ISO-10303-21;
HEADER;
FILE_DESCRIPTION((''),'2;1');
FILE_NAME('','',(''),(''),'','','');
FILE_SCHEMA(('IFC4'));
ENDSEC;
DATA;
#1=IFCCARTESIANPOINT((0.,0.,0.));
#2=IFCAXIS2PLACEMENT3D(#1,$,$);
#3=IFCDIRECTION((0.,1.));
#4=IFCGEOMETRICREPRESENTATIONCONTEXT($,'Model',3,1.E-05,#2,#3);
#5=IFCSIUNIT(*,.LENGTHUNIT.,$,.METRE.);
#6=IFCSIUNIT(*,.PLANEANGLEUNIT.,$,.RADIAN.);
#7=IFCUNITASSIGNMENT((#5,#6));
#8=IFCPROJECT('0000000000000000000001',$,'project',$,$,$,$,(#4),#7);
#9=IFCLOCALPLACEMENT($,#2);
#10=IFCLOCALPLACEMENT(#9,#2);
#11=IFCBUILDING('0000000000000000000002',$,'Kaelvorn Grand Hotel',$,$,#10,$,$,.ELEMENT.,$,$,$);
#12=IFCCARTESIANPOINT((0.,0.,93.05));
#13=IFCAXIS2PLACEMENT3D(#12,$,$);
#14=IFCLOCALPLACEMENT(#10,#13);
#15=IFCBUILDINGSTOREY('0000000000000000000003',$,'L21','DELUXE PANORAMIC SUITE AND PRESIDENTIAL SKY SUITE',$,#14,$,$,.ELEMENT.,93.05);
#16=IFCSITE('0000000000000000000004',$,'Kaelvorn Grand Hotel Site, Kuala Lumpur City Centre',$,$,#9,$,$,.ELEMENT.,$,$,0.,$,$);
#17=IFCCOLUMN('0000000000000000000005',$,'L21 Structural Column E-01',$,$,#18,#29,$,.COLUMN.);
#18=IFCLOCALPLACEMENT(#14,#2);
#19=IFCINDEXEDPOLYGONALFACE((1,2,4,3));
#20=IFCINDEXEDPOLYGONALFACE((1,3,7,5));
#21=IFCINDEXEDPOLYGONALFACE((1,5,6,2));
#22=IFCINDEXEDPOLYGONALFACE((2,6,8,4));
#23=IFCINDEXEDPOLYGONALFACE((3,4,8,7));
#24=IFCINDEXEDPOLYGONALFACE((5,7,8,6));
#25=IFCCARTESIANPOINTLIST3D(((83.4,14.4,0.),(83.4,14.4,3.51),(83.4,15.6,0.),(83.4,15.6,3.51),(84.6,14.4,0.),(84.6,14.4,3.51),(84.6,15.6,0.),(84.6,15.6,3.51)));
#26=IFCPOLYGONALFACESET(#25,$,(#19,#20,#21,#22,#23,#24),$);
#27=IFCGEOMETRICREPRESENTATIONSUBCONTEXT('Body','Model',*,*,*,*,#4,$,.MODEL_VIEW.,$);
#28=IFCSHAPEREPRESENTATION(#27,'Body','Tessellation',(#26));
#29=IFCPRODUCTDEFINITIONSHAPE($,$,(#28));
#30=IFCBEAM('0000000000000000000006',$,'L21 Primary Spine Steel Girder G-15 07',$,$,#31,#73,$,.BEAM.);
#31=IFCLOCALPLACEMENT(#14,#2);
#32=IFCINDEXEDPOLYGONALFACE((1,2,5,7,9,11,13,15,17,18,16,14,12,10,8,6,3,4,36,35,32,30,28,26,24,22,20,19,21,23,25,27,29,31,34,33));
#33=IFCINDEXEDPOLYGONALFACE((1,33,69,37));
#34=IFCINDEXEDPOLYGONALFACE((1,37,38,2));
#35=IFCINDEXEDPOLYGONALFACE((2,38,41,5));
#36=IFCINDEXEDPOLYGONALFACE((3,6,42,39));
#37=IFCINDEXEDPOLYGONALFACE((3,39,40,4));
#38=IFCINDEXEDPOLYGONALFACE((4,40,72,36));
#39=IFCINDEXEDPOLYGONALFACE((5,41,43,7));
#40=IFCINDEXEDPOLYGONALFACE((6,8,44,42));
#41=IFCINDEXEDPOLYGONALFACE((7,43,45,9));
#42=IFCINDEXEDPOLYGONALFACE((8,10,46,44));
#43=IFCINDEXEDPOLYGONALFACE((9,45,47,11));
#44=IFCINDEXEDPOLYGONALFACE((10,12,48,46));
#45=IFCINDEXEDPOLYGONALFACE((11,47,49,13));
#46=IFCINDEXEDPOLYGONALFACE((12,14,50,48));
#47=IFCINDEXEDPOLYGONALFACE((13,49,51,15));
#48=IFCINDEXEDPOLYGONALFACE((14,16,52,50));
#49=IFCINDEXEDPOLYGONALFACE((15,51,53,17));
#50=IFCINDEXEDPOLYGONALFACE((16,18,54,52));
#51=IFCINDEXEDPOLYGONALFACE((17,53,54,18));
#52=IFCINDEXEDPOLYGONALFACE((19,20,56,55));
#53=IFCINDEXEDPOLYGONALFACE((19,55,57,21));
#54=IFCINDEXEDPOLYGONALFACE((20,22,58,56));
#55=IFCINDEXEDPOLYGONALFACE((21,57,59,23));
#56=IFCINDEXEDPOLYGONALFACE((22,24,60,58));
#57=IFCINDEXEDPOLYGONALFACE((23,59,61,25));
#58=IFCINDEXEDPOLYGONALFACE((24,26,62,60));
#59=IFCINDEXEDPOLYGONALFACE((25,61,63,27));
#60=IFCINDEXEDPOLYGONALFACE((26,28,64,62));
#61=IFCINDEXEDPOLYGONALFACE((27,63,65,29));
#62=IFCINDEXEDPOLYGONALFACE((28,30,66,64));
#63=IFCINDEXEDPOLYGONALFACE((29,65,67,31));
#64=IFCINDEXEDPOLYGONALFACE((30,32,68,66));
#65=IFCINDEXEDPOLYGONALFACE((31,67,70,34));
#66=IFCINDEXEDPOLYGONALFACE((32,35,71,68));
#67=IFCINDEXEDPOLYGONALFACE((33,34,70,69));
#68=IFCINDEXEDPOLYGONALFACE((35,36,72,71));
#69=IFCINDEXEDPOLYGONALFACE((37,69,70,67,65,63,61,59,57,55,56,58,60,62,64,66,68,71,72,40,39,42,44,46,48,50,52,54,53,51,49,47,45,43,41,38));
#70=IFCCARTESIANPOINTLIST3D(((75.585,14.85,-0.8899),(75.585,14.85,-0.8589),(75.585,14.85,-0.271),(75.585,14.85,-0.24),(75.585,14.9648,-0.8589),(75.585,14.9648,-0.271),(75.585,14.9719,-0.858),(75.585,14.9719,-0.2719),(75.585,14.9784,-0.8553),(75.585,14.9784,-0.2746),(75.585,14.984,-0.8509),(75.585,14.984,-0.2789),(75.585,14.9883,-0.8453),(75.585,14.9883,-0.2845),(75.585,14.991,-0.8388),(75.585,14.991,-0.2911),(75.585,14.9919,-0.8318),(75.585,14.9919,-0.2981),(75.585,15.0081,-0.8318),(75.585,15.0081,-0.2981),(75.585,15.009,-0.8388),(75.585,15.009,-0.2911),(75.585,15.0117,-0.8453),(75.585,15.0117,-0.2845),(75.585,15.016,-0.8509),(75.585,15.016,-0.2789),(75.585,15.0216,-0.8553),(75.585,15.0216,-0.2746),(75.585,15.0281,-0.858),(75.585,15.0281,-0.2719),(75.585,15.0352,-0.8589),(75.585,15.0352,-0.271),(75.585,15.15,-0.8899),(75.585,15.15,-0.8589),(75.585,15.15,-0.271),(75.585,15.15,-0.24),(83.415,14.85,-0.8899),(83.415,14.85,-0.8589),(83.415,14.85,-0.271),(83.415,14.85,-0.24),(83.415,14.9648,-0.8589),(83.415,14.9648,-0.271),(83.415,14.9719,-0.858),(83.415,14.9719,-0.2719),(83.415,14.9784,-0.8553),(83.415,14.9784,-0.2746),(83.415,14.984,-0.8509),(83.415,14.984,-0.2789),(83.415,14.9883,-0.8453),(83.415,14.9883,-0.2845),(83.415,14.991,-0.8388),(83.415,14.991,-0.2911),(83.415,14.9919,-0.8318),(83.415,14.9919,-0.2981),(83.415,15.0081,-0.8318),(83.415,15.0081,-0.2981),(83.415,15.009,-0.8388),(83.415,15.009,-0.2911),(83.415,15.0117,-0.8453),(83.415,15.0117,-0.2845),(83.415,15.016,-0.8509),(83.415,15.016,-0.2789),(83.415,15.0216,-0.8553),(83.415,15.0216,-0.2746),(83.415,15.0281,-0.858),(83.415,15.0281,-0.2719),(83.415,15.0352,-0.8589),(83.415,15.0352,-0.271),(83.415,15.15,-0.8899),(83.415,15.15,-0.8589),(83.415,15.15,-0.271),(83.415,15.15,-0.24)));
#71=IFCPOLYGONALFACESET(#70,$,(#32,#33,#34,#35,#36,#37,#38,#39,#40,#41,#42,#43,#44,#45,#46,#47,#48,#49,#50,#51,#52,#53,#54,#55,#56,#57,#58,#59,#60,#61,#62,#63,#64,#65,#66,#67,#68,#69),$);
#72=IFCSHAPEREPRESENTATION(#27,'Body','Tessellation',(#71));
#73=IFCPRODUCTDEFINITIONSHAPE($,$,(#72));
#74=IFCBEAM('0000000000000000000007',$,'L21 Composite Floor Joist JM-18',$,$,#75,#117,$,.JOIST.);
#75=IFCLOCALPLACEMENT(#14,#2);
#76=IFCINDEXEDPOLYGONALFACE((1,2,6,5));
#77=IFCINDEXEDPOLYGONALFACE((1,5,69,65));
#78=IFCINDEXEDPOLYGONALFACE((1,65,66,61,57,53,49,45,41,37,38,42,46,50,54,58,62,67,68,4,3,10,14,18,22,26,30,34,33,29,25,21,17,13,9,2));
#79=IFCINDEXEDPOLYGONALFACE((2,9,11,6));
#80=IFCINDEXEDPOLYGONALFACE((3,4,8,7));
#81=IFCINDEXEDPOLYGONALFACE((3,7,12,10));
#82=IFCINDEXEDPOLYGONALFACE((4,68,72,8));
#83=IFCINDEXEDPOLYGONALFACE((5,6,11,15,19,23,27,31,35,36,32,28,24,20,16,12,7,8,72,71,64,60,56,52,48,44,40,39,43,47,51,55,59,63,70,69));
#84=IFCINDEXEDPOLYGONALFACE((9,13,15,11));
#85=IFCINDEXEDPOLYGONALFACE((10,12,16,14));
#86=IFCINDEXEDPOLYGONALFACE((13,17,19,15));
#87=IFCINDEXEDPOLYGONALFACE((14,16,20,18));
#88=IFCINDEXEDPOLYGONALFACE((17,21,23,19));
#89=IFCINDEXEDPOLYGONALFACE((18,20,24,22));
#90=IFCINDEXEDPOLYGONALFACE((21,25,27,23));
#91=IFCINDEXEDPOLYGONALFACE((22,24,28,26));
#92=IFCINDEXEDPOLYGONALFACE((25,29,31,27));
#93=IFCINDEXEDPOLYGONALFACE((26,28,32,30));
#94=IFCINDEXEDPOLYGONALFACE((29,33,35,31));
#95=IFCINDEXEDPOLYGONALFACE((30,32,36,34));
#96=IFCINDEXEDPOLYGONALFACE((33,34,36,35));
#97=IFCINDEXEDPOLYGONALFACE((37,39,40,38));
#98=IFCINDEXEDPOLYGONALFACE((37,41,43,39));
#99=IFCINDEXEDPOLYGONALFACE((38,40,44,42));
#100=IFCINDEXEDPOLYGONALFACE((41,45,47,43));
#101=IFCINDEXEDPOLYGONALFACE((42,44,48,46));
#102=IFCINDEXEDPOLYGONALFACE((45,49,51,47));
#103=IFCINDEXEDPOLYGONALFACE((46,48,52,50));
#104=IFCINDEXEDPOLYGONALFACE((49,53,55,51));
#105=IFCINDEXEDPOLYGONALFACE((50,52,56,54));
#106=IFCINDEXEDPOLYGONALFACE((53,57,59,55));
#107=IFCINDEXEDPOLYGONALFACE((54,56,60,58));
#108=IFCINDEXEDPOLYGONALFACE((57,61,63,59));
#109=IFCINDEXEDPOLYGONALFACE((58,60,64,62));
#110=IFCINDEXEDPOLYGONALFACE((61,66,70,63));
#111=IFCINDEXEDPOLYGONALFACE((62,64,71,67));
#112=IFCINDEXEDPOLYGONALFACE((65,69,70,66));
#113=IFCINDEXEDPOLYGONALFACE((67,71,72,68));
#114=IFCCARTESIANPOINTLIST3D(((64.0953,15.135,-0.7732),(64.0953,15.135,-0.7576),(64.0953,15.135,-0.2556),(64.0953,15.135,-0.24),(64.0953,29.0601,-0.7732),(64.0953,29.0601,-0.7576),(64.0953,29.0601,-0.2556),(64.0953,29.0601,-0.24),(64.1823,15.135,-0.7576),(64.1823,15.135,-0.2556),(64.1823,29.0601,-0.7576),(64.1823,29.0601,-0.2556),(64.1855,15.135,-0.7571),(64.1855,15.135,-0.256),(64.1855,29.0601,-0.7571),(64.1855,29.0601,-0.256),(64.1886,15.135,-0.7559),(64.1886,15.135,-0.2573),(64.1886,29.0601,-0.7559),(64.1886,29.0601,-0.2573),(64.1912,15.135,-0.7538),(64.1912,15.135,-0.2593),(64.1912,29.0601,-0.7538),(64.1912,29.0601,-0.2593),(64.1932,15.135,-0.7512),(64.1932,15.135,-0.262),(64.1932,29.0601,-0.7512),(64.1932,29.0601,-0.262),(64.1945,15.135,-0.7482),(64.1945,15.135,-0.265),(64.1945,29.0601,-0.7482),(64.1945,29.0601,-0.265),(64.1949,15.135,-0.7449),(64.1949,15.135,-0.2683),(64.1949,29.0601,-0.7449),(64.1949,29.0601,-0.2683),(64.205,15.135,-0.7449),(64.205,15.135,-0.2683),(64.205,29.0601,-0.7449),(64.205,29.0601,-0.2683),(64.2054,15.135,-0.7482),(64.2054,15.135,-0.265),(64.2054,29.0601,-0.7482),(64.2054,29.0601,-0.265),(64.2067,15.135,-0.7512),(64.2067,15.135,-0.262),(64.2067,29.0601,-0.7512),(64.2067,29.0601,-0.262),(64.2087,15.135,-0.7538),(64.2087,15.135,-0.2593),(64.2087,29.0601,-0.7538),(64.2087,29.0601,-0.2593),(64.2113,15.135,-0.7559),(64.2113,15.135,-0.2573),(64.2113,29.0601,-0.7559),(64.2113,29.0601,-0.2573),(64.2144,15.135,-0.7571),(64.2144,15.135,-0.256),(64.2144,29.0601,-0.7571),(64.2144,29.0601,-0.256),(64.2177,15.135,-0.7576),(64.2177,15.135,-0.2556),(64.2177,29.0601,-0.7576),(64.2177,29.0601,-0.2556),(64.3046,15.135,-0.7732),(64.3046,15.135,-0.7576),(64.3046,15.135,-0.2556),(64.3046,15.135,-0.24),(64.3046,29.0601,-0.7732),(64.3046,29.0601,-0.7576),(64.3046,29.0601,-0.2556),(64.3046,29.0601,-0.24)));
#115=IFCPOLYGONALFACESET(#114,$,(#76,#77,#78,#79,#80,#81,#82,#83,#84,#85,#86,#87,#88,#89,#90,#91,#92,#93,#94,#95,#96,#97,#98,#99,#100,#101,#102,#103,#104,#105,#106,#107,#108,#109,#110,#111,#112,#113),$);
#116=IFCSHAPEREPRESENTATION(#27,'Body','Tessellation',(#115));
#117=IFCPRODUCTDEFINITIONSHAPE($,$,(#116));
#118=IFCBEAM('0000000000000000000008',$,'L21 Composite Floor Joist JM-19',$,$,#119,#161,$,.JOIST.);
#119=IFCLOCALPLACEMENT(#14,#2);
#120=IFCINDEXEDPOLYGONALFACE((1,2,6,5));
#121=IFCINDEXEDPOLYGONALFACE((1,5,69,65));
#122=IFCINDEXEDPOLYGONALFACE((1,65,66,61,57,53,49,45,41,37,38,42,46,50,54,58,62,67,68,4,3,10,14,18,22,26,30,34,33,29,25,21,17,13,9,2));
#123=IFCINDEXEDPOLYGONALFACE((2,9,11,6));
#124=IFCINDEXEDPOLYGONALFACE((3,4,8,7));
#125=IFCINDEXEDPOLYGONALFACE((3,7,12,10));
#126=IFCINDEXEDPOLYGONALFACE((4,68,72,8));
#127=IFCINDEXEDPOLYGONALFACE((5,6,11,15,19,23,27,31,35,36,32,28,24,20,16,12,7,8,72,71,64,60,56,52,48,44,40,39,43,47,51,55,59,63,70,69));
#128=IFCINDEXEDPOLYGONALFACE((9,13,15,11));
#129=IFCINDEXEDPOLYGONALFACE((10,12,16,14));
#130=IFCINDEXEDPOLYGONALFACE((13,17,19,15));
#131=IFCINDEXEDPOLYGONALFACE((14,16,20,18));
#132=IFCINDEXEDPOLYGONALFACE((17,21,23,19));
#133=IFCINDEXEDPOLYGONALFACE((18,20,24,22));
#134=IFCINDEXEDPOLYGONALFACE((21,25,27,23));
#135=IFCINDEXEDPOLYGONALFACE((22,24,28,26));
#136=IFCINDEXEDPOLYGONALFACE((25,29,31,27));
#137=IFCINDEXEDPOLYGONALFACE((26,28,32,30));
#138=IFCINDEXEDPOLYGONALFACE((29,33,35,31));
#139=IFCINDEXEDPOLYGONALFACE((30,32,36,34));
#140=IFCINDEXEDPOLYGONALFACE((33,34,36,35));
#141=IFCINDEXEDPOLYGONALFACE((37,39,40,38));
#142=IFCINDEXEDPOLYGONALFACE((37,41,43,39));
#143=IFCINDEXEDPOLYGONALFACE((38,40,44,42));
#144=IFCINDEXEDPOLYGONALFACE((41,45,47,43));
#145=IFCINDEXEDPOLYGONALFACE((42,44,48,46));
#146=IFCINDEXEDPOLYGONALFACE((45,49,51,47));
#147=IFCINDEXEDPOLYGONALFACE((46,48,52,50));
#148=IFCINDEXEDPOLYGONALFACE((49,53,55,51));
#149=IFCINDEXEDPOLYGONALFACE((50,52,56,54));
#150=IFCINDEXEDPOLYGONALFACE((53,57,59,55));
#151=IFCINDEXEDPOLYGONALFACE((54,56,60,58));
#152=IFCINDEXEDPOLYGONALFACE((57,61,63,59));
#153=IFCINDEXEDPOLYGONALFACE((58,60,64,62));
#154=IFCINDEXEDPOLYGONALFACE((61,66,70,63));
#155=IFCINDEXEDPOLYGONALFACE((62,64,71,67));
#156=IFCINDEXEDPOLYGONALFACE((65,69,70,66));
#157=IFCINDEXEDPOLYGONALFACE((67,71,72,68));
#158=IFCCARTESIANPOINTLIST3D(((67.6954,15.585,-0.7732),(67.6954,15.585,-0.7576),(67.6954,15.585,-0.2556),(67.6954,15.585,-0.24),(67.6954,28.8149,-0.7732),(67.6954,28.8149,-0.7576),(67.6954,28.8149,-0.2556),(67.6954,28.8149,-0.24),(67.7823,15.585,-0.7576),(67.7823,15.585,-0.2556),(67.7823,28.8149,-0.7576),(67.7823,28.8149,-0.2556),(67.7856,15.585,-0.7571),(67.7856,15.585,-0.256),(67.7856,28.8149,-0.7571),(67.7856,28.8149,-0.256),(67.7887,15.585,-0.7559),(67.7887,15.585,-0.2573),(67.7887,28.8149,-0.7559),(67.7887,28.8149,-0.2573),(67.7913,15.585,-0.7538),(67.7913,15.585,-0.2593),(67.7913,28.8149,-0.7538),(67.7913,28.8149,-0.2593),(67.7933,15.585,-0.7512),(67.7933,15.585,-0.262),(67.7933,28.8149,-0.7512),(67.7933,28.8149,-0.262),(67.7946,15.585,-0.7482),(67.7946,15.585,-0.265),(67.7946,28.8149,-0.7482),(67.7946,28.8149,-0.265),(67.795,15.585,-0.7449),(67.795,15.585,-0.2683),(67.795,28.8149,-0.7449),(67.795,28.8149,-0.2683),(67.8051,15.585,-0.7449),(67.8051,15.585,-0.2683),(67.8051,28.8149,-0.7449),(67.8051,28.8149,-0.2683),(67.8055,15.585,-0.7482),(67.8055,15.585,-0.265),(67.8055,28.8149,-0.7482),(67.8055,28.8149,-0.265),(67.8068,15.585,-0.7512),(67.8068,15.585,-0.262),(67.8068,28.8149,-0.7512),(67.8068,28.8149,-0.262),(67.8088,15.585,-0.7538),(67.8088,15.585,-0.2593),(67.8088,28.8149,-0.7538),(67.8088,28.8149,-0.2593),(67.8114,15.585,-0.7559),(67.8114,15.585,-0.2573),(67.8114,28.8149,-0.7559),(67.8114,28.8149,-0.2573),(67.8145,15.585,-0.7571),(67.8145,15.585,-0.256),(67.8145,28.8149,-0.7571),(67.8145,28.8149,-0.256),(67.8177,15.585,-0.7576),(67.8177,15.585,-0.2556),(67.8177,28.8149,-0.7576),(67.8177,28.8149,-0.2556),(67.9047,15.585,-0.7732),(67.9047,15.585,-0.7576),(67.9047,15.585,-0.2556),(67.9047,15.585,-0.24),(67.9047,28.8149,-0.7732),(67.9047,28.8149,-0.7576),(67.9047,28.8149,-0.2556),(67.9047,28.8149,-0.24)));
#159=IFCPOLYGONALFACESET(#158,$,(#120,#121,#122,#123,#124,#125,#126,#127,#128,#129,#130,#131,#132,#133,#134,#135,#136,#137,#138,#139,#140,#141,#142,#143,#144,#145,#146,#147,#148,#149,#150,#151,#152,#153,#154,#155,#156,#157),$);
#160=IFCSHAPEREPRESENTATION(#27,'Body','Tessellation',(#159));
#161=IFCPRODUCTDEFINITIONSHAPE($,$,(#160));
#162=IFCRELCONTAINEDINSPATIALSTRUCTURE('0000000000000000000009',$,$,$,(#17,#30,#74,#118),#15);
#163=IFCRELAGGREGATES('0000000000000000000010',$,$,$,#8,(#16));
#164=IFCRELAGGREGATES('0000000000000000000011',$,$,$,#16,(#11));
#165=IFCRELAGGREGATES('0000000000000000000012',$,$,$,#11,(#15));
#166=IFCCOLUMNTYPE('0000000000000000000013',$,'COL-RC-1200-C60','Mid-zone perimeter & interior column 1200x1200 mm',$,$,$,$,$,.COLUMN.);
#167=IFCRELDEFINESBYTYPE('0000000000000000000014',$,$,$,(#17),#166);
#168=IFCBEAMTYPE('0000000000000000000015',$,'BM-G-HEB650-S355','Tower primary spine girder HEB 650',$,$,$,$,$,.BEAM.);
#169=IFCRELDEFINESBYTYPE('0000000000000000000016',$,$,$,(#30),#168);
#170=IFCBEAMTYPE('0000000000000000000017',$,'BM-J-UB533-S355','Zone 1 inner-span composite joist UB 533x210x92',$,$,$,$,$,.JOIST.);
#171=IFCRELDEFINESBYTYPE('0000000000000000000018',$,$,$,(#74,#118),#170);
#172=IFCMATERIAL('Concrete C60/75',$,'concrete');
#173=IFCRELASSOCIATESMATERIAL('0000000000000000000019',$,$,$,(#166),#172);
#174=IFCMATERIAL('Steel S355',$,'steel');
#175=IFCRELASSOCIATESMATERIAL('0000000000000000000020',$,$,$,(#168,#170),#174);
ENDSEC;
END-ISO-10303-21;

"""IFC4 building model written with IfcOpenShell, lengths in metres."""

from ifc_helpers import new_model, si_unit, direction, frame, origin, origin_2d, place, context, subcontext, project, spatial, rectangle, i_section, extrude, material, material_profile, profile_set, type_object, element, save


model = new_model("IFC4")

# Units and contexts
model_context = context("Model", 3, precision=1e-05, world=origin(), true_north=direction((0.0, 1.0)))
body_context = subcontext(model_context, "Body", "Model", "MODEL_VIEW")
ifc_project = project(units=[si_unit("LENGTHUNIT", "METRE"), si_unit("PLANEANGLEUNIT", "RADIAN")], contexts=[model_context])

# Site, building, storey
site_placement = place(None, origin())
site = spatial("IfcSite", under=ifc_project, at=site_placement, Name="Kaelvorn Grand Hotel Site, Kuala Lumpur City Centre", CompositionType="ELEMENT", RefElevation=0.0)
building_placement = place(site_placement, origin())
building = spatial("IfcBuilding", under=site, at=building_placement, Name="Kaelvorn Grand Hotel", CompositionType="ELEMENT")
storey_placement = place(building_placement, frame((0.0, 0.0, 93.05)))
storey = spatial("IfcBuildingStorey", under=building, at=storey_placement, Name="L21", Description="DELUXE PANORAMIC SUITE AND PRESIDENTIAL SKY SUITE", CompositionType="ELEMENT", Elevation=93.05)

# Column
ifc_material_1 = material(Name="Concrete C60/75", Category="concrete")
ifc_material_profile_1 = material_profile(ifc_material_1, rectangle(XDim=1.2, YDim=1.2, at=origin_2d()), Name="RC COL 1200x1200")
ifc_profile_set_1 = profile_set([ifc_material_profile_1], Name="Concrete C60/75")
column_type = type_object("IfcColumnType", Name="COL-RC-1200-C60", Description="Mid-zone perimeter & interior column 1200x1200 mm", PredefinedType="COLUMN", material=ifc_profile_set_1)
column_placement = place(storey_placement, frame((84.0, 15.0, 0.0), z_axis=(0.0, 0.0, 1.0), x_axis=(1.0, 0.0, 0.0)))
element("IfcColumn", 1, at=column_placement, inside=storey, type_object=column_type, Name="L21 Structural Column E-01", PredefinedType="COLUMN", context=body_context, shape_type="SweptSolid", body=[
    extrude(rectangle(XDim=1.2, YDim=1.2, at=origin_2d()), origin(), (0.0, 0.0, 1.0), 3.51),
])

# Beams
ifc_material_2 = material(Name="Steel S355", Category="steel")
ifc_material_profile_2 = material_profile(ifc_material_2, i_section(OverallWidth=0.3, OverallDepth=0.6499, WebThickness=0.0161, FlangeThickness=0.031, FilletRadius=0.0271, at=origin_2d()), Name="HEB 650")
ifc_profile_set_2 = profile_set([ifc_material_profile_2], Name="Steel S355")
beam_type_1 = type_object("IfcBeamType", Name="BM-G-HEB650-S355", Description="Tower primary spine girder HEB 650", PredefinedType="BEAM", material=ifc_profile_set_2)
beam_1_placement = place(storey_placement, frame((75.585, 15.0, -0.5649), z_axis=(1.0, 0.0, 0.0), x_axis=(0.0, 1.0, 0.0)))
element("IfcBeam", 2, at=beam_1_placement, inside=storey, type_object=beam_type_1, Name="L21 Primary Spine Steel Girder G-15 07", PredefinedType="BEAM", context=body_context, shape_type="SweptSolid", body=[
    extrude(i_section(OverallWidth=0.3, OverallDepth=0.6499, WebThickness=0.0161, FlangeThickness=0.031, FilletRadius=0.0271, at=origin_2d()), origin(), (0.0, 0.0, 1.0), 7.8301),
])
ifc_material_profile_3 = material_profile(ifc_material_2, i_section(OverallWidth=0.2092, OverallDepth=0.5332, WebThickness=0.01, FlangeThickness=0.0156, FilletRadius=0.0127, at=origin_2d()), Name="UB 533x210x92")
ifc_profile_set_3 = profile_set([ifc_material_profile_3], Name="Steel S355")
beam_type_2 = type_object("IfcBeamType", Name="BM-J-UB533-S355", Description="Zone 1 inner-span composite joist UB 533x210x92", PredefinedType="JOIST", material=ifc_profile_set_3)
beam_2_placement = place(storey_placement, frame((64.2, 15.135, -0.5066), z_axis=(0.0, 1.0, 0.0), x_axis=(-1.0, 0.0, 0.0)))
element("IfcBeam", 3, at=beam_2_placement, inside=storey, type_object=beam_type_2, Name="L21 Composite Floor Joist JM-18", PredefinedType="JOIST", context=body_context, shape_type="SweptSolid", body=[
    extrude(i_section(OverallWidth=0.2092, OverallDepth=0.5332, WebThickness=0.01, FlangeThickness=0.0156, FilletRadius=0.0127, at=origin_2d()), origin(), (0.0, 0.0, 1.0), 13.925),
])
beam_3_placement = place(storey_placement, frame((67.8, 15.585, -0.5066), z_axis=(0.0, 1.0, 0.0), x_axis=(-1.0, 0.0, 0.0)))
element("IfcBeam", 4, at=beam_3_placement, inside=storey, type_object=beam_type_2, Name="L21 Composite Floor Joist JM-19", PredefinedType="JOIST", context=body_context, shape_type="SweptSolid", body=[
    extrude(i_section(OverallWidth=0.2092, OverallDepth=0.5332, WebThickness=0.01, FlangeThickness=0.0156, FilletRadius=0.0127, at=origin_2d()), origin(), (0.0, 0.0, 1.0), 13.23),
])

save(model, "model.ifc")
